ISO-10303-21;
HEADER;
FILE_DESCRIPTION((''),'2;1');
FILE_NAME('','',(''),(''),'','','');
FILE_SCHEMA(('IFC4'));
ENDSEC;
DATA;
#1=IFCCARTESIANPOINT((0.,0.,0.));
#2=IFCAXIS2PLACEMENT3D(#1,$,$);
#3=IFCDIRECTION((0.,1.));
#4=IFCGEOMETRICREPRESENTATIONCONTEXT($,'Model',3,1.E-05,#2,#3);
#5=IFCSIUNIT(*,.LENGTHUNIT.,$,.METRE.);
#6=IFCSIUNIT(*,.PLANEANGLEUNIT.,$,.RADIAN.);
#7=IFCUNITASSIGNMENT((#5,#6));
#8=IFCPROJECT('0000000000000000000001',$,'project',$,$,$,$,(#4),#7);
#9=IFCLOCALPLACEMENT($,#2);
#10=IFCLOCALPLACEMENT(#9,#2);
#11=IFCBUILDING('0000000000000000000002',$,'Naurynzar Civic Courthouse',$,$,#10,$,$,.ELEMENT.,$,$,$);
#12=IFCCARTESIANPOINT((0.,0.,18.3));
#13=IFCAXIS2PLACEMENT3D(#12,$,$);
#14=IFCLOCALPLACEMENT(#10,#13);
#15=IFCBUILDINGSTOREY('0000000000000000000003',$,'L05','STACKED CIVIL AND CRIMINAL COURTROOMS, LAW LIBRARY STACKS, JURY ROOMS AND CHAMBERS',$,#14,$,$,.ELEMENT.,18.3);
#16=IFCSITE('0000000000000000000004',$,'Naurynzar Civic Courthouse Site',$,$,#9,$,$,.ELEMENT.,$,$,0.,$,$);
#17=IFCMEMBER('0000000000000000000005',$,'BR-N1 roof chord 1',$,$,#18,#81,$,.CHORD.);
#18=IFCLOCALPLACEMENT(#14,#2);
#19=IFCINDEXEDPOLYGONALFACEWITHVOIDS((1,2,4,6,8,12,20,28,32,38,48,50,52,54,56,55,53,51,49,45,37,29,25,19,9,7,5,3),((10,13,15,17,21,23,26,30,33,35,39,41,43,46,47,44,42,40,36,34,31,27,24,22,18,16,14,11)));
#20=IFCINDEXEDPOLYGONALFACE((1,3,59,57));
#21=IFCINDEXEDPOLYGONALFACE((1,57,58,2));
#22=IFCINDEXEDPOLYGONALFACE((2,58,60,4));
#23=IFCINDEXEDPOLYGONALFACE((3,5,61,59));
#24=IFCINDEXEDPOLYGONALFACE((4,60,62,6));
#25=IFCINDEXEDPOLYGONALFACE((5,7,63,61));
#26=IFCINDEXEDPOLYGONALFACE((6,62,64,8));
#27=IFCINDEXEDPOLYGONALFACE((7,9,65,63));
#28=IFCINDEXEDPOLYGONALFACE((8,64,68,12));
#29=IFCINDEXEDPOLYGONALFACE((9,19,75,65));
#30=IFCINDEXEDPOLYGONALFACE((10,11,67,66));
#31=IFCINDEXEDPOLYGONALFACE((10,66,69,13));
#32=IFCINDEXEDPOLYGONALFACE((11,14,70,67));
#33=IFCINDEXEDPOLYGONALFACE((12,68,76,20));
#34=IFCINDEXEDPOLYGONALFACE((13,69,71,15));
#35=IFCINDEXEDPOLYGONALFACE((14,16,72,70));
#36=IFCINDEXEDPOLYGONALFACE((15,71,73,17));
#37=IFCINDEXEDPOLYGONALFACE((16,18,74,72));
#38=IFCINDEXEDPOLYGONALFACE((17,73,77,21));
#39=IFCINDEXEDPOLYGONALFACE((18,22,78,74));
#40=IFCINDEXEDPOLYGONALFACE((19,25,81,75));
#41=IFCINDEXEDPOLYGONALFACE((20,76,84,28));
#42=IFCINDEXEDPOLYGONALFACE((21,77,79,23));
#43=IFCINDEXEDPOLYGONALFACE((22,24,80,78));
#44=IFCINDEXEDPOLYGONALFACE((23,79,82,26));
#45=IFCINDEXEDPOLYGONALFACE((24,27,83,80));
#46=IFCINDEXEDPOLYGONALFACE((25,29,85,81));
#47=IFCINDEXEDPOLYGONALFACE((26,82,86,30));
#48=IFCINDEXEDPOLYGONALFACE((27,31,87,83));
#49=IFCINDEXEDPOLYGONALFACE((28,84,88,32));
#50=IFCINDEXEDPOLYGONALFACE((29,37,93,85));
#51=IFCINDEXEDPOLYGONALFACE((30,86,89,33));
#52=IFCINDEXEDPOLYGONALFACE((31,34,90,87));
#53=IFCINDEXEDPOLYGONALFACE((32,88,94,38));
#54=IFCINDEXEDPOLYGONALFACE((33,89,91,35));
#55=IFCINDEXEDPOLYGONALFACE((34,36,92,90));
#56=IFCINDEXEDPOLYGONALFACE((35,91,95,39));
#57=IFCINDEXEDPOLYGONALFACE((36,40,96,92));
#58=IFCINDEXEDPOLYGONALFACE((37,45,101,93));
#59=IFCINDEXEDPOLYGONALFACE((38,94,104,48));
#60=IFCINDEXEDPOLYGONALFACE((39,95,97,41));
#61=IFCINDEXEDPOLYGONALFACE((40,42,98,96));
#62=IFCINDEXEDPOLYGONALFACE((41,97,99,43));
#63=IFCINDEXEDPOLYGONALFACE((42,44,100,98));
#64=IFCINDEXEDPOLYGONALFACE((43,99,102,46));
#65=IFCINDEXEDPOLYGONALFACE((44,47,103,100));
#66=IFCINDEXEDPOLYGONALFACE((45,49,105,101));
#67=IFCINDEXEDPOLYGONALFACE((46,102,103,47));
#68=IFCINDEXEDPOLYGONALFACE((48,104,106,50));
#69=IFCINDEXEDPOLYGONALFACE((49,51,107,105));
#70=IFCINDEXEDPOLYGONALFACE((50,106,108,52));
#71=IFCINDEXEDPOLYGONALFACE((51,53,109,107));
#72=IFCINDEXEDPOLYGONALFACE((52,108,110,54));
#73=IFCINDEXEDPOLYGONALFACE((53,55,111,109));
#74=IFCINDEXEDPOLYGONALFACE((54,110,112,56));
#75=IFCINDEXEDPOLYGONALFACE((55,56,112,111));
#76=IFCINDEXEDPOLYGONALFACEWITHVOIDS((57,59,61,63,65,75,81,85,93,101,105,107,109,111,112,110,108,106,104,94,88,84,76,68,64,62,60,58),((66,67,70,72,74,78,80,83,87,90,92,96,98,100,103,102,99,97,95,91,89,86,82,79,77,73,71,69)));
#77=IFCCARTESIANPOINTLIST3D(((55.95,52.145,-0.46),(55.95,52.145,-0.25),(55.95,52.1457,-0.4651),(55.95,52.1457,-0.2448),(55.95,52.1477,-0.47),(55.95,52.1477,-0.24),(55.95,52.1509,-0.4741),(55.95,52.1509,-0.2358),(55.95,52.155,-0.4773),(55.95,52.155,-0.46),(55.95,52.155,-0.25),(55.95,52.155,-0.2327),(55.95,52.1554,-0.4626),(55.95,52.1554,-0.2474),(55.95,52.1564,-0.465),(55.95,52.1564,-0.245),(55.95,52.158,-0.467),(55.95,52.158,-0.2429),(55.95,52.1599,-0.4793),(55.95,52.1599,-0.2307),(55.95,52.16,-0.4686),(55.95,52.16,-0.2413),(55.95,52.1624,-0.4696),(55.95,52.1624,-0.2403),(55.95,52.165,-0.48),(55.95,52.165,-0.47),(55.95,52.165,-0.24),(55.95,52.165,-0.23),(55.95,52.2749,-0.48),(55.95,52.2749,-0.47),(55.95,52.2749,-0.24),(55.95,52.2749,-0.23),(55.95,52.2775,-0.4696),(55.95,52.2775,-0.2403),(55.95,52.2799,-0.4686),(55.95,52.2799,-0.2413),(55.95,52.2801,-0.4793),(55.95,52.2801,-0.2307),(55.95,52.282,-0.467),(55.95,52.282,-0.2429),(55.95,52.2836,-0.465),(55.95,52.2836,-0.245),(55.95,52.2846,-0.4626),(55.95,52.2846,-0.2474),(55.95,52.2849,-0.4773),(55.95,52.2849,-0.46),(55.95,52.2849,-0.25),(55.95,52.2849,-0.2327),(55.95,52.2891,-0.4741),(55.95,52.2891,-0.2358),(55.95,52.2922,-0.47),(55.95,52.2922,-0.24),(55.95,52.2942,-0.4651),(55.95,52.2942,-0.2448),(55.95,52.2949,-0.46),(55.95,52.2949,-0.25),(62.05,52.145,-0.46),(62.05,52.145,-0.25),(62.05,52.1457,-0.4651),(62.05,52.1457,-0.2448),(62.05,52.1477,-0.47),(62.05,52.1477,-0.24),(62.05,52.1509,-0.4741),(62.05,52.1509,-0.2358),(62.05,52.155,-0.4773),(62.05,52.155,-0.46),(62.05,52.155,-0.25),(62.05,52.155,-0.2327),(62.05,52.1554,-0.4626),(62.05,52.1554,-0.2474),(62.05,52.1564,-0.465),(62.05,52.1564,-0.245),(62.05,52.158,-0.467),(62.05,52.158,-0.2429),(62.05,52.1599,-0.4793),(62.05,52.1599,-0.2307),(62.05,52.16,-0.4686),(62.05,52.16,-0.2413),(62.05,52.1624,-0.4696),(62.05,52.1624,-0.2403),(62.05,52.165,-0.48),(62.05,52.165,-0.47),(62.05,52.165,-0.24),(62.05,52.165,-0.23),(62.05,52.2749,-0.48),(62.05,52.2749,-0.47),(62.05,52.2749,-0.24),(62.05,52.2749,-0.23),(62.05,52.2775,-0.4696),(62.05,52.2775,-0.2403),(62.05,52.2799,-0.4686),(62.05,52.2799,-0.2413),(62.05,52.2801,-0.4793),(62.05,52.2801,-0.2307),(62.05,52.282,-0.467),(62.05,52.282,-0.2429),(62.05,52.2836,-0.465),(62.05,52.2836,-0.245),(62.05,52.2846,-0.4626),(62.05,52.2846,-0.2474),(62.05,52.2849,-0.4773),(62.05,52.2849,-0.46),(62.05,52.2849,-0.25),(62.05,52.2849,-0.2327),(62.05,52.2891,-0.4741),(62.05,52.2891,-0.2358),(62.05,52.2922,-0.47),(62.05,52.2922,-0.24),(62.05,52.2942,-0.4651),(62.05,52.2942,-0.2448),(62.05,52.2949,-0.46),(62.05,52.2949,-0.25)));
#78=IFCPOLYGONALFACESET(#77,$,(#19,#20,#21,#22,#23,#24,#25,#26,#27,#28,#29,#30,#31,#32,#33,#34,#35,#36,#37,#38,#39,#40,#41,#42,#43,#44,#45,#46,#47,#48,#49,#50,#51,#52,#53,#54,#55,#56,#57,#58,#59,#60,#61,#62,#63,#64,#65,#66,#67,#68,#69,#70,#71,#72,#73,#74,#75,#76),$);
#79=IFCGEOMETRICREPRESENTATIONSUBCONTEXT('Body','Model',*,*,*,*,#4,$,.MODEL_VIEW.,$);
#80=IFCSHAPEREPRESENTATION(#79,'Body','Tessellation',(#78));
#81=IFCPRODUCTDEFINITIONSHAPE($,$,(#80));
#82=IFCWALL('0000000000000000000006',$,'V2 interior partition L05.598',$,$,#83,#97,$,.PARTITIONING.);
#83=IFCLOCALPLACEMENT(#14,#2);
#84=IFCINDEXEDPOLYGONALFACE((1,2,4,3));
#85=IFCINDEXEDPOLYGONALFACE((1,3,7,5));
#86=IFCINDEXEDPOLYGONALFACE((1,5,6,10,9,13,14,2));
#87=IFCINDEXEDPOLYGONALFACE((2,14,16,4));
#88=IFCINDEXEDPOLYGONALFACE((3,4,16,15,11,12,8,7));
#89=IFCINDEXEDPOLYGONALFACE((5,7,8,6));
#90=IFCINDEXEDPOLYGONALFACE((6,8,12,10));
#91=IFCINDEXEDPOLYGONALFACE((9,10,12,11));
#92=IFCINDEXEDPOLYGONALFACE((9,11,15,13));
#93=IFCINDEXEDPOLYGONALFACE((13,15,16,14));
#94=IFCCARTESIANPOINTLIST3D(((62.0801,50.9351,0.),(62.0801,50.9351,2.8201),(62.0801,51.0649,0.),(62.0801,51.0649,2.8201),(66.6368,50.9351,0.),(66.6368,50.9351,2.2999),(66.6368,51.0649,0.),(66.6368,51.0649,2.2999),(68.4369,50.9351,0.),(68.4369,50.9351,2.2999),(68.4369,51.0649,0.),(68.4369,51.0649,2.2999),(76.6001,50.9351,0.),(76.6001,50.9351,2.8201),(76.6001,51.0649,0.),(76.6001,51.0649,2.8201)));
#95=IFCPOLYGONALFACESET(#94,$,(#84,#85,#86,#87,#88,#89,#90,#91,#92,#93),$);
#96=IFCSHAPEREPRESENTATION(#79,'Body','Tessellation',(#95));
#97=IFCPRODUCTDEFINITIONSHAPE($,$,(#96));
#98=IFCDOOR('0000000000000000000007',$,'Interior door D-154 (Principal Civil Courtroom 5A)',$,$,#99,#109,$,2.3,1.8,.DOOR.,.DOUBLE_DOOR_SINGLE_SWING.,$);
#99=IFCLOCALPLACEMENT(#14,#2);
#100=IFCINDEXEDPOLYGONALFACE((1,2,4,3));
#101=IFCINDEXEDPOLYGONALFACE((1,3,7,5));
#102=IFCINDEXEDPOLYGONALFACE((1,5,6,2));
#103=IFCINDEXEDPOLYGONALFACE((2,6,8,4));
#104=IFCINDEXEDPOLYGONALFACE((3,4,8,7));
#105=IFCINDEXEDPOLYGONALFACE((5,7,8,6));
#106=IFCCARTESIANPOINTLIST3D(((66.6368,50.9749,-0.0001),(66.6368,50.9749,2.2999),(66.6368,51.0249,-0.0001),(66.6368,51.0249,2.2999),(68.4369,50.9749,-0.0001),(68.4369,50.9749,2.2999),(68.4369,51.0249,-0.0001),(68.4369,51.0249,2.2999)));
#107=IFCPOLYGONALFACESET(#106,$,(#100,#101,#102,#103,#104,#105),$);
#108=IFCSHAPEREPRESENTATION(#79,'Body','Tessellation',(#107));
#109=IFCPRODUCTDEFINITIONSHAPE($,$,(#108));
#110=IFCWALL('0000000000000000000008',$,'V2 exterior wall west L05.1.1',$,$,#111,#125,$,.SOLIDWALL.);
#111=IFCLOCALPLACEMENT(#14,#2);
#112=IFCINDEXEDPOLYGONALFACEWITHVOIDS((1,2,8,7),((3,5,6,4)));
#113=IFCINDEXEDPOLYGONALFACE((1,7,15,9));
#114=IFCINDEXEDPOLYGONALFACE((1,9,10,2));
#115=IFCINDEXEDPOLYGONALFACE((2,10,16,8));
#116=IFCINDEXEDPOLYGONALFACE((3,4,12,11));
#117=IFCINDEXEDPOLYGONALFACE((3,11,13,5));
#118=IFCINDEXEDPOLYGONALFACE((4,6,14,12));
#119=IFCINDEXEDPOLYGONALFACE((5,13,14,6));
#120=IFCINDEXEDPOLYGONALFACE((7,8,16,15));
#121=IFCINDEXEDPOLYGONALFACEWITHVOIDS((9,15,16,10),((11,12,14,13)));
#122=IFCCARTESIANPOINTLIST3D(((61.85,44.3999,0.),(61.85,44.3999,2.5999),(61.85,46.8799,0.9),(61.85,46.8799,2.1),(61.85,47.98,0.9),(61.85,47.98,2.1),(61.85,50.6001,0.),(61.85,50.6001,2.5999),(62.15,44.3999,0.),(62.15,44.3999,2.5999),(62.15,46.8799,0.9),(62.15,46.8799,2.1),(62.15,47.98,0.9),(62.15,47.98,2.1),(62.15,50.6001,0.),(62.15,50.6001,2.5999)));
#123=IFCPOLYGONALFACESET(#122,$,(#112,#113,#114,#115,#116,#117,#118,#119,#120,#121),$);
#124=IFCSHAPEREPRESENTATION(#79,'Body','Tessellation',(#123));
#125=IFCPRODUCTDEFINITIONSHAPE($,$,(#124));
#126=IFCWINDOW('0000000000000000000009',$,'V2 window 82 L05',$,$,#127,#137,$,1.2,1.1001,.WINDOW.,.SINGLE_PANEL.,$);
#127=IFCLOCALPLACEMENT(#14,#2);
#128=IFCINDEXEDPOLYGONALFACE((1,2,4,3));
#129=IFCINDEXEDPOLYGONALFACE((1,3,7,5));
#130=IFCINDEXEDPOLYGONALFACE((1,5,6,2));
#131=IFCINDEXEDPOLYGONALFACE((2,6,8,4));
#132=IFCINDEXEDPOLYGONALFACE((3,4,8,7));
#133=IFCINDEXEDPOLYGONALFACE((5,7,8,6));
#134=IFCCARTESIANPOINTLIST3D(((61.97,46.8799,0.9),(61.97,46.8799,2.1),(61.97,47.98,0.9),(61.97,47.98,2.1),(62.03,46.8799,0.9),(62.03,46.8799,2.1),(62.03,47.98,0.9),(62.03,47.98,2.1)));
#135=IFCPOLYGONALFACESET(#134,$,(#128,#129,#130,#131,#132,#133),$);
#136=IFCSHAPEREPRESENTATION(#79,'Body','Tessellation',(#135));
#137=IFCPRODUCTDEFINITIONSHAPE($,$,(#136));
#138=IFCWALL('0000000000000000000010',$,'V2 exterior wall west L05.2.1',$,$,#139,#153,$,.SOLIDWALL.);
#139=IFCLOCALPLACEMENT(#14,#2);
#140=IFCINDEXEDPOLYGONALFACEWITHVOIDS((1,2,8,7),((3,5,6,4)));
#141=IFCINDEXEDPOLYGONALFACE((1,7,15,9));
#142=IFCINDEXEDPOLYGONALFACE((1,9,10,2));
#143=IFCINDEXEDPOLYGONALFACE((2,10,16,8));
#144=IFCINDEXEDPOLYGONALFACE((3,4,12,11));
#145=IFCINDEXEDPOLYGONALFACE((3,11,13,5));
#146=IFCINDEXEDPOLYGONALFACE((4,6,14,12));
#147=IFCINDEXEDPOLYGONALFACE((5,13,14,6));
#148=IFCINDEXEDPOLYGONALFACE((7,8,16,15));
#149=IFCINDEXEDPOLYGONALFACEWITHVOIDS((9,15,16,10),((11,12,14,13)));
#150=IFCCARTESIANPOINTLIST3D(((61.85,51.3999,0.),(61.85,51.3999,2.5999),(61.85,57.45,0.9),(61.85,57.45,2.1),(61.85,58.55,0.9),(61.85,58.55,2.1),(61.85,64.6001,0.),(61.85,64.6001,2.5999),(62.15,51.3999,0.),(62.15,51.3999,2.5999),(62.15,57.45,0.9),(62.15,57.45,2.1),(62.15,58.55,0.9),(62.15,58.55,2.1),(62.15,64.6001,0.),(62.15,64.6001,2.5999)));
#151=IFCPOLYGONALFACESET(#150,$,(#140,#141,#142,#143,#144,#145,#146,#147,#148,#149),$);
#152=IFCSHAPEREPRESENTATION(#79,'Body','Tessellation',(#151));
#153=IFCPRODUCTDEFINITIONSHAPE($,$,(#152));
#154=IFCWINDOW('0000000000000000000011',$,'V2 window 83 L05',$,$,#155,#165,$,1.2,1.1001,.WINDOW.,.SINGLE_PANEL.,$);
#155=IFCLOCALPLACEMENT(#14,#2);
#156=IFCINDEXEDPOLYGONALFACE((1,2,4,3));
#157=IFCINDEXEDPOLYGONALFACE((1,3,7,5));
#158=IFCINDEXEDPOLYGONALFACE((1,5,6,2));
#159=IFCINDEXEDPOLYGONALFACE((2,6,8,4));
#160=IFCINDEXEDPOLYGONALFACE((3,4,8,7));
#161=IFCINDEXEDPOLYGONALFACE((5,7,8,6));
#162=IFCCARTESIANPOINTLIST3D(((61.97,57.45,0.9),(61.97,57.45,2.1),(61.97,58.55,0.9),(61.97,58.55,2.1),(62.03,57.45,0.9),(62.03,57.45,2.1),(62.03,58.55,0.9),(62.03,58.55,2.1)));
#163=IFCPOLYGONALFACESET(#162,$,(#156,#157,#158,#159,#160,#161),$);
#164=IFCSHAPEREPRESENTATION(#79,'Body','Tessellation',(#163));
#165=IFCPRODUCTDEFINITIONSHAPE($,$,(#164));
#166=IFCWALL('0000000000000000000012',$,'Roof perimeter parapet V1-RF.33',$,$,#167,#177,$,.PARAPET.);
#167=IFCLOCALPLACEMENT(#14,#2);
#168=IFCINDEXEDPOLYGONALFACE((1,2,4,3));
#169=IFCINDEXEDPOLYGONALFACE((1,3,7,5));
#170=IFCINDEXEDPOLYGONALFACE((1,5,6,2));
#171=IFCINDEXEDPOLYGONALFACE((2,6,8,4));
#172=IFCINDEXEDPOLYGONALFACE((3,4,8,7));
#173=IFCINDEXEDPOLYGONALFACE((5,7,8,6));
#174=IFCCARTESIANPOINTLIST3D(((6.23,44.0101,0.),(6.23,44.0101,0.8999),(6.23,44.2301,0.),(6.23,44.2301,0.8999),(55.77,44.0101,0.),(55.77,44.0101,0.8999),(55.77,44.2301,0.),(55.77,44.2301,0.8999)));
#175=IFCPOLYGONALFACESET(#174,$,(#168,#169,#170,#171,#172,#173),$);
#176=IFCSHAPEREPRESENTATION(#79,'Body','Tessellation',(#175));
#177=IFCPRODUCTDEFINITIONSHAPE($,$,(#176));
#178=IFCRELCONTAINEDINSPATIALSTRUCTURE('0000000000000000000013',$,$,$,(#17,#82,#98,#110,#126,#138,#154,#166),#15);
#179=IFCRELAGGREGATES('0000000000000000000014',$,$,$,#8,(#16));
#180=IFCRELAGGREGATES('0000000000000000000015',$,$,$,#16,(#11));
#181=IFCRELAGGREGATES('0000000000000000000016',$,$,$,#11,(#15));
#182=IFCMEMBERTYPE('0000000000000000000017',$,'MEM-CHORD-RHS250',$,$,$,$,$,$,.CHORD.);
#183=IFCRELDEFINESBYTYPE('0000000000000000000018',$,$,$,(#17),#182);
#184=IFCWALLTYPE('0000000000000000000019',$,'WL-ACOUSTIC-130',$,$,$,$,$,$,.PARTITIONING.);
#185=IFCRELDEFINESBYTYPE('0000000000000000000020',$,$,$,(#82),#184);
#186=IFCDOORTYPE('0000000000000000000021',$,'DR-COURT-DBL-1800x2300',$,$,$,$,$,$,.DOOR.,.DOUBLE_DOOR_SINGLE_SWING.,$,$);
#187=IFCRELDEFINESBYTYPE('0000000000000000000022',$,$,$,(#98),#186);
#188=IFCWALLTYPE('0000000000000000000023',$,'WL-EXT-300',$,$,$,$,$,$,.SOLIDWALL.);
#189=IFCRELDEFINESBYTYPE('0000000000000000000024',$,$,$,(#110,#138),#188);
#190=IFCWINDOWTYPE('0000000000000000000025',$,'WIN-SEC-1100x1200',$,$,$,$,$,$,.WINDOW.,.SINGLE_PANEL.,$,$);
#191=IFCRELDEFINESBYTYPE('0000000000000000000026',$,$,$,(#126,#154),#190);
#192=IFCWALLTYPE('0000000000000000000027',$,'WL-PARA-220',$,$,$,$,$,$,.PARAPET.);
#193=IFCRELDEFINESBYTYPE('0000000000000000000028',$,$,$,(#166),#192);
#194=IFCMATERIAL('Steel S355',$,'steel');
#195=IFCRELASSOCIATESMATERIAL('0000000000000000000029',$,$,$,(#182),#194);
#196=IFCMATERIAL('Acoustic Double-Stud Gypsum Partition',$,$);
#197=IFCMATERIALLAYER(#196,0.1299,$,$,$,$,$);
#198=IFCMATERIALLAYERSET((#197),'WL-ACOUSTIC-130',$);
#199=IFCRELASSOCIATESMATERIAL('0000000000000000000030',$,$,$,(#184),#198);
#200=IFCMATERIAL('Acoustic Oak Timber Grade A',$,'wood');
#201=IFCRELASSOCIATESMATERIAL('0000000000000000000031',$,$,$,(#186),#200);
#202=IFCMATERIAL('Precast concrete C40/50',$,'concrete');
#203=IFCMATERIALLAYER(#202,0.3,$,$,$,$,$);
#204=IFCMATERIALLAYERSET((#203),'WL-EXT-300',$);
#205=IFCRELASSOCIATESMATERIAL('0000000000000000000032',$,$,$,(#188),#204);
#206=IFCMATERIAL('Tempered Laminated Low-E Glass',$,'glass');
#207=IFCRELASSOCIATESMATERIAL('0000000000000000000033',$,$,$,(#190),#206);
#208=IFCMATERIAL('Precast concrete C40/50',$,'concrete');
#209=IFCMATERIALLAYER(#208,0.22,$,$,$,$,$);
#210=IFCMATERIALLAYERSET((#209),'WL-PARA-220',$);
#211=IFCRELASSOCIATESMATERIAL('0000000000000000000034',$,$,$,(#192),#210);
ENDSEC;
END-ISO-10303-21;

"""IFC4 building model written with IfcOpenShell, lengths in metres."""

from ifc_helpers import new_model, si_unit, direction, frame, frame_2d, origin, origin_2d, place, context, subcontext, project, spatial, rectangle, hollow_rectangle, extrude, material, layer, layer_set, material_profile, profile_set, type_object, element, fill, save


model = new_model("IFC4")

# Units and contexts
model_context = context("Model", 3, precision=1e-05, world=origin(), true_north=direction((0.0, 1.0)))
body_context = subcontext(model_context, "Body", "Model", "MODEL_VIEW")
ifc_project = project(units=[si_unit("LENGTHUNIT", "METRE"), si_unit("PLANEANGLEUNIT", "RADIAN")], contexts=[model_context])

# Site, building, storey
site_placement = place(None, origin())
site = spatial("IfcSite", under=ifc_project, at=site_placement, Name="Naurynzar Civic Courthouse Site", CompositionType="ELEMENT", RefElevation=0.0)
building_placement = place(site_placement, origin())
building = spatial("IfcBuilding", under=site, at=building_placement, Name="Naurynzar Civic Courthouse", CompositionType="ELEMENT")
storey_placement = place(building_placement, frame((0.0, 0.0, 18.3)))
storey = spatial("IfcBuildingStorey", under=building, at=storey_placement, Name="L05", Description="STACKED CIVIL AND CRIMINAL COURTROOMS, LAW LIBRARY STACKS, JURY ROOMS AND CHAMBERS", CompositionType="ELEMENT", Elevation=18.3)

# Member
ifc_material_1 = material(Name="Steel S355", Category="steel")
ifc_material_profile_1 = material_profile(ifc_material_1, hollow_rectangle(XDim=0.1499, YDim=0.25, WallThickness=0.01, InnerFilletRadius=0.01, OuterFilletRadius=0.02, at=origin_2d()), Name="RHS 250x150x10")
ifc_profile_set_1 = profile_set([ifc_material_profile_1], Name="Steel S355")
member_type_1 = type_object("IfcMemberType", Name="MEM-CHORD-RHS250", PredefinedType="CHORD", material=ifc_profile_set_1)
member_1_placement = place(storey_placement, frame((55.95, 52.22, -0.355), z_axis=(1.0, 0.0, 0.0), x_axis=(0.0, 1.0, 0.0)))
element("IfcMember", 1, at=member_1_placement, inside=storey, type_object=member_type_1, Name="BR-N1 roof chord 1", PredefinedType="CHORD", context=body_context, shape_type="SweptSolid", body=[
    extrude(hollow_rectangle(XDim=0.1499, YDim=0.25, WallThickness=0.01, InnerFilletRadius=0.01, OuterFilletRadius=0.02, at=origin_2d()), origin(), (0.0, 0.0, 1.0), 6.1001),
])

# Wall, opening, door
ifc_material_2 = material(Name="Acoustic Double-Stud Gypsum Partition")
ifc_layer_1 = layer(ifc_material_2, 0.1299)
ifc_layer_set_1 = layer_set([ifc_layer_1], Name="WL-ACOUSTIC-130")
wall_type_1 = type_object("IfcWallType", Name="WL-ACOUSTIC-130", PredefinedType="PARTITIONING", material=ifc_layer_set_1)
wall_1_placement = place(storey_placement, frame((62.0801, 51.0, 0.0), z_axis=(0.0, 0.0, 1.0), x_axis=(1.0, 0.0, 0.0)))
wall_1 = element("IfcWall", 2, at=wall_1_placement, inside=storey, type_object=wall_type_1, Name="V2 interior partition L05.598", PredefinedType="PARTITIONING", context=body_context, shape_type="SweptSolid", body=[
    extrude(rectangle(XDim=14.52, YDim=0.1299, at=frame_2d((7.26, 0.0))), origin(), (0.0, 0.0, 1.0), 2.8201),
])
opening_1_placement = place(wall_1_placement, frame((4.5569, 0.0, 0.0)))
opening_1 = element("IfcOpeningElement", 3, at=opening_1_placement, cuts=wall_1, PredefinedType="OPENING", context=body_context, shape_type="SweptSolid", body=[
    extrude(rectangle(XDim=1.8, YDim=2.3, at=frame_2d((0.8999, 1.1499))), frame((0.0, 0.075, 0.0), z_axis=(0.0, -1.0, 0.0), x_axis=(1.0, 0.0, 0.0)), (0.0, 0.0, 1.0), 0.1499),
])
ifc_material_3 = material(Name="Acoustic Oak Timber Grade A", Category="wood")
door_type_1 = type_object("IfcDoorType", Name="DR-COURT-DBL-1800x2300", OperationType="DOUBLE_DOOR_SINGLE_SWING", PredefinedType="DOOR", material=ifc_material_3)
door_1_placement = place(opening_1_placement, origin())
door_1 = element("IfcDoor", 4, at=door_1_placement, inside=storey, type_object=door_type_1, Name="Interior door D-154 (Principal Civil Courtroom 5A)", OperationType="DOUBLE_DOOR_SINGLE_SWING", OverallHeight=2.3, OverallWidth=1.8, PredefinedType="DOOR", context=body_context, shape_type="SweptSolid", body=[
    extrude(rectangle(XDim=1.8, YDim=2.3, at=frame_2d((0.8999, 1.1499))), frame((0.0, 0.0249, 0.0), z_axis=(0.0, -1.0, 0.0), x_axis=(1.0, 0.0, 0.0)), (0.0, 0.0, 1.0), 0.05),
])
fill(opening_1, door_1)

# Walls, openings, windows
ifc_material_4 = material(Name="Precast concrete C40/50", Category="concrete")
ifc_layer_2 = layer(ifc_material_4, 0.3)
ifc_layer_set_2 = layer_set([ifc_layer_2], Name="WL-EXT-300")
wall_type_2 = type_object("IfcWallType", Name="WL-EXT-300", PredefinedType="SOLIDWALL", material=ifc_layer_set_2)
wall_2_placement = place(storey_placement, frame((62.0, 44.3999, 0.0), z_axis=(0.0, 0.0, 1.0), x_axis=(0.0, 1.0, 0.0)))
wall_2 = element("IfcWall", 5, at=wall_2_placement, inside=storey, type_object=wall_type_2, Name="V2 exterior wall west L05.1.1", PredefinedType="SOLIDWALL", context=body_context, shape_type="SweptSolid", body=[
    extrude(rectangle(XDim=6.2002, YDim=0.3, at=frame_2d((3.1001, 0.0))), origin(), (0.0, 0.0, 1.0), 2.5999),
])
opening_2_placement = place(wall_2_placement, frame((2.48, 0.0, 0.8999)))
opening_2 = element("IfcOpeningElement", 6, at=opening_2_placement, cuts=wall_2, PredefinedType="OPENING", context=body_context, shape_type="SweptSolid", body=[
    extrude(rectangle(XDim=1.1001, YDim=1.2, at=frame_2d((0.55, 0.6001))), frame((0.0, 0.1599, 0.0), z_axis=(0.0, -1.0, 0.0), x_axis=(1.0, 0.0, 0.0)), (0.0, 0.0, 1.0), 0.3201),
])
ifc_material_5 = material(Name="Tempered Laminated Low-E Glass", Category="glass")
window_type = type_object("IfcWindowType", Name="WIN-SEC-1100x1200", PartitioningType="SINGLE_PANEL", PredefinedType="WINDOW", material=ifc_material_5)
window_1_placement = place(opening_2_placement, origin())
window_1 = element("IfcWindow", 7, at=window_1_placement, inside=storey, type_object=window_type, Name="V2 window 82 L05", OverallHeight=1.2, OverallWidth=1.1001, PartitioningType="SINGLE_PANEL", PredefinedType="WINDOW", context=body_context, shape_type="SweptSolid", body=[
    extrude(rectangle(XDim=1.1001, YDim=1.2, at=frame_2d((0.55, 0.6001))), frame((0.0, 0.03, 0.0), z_axis=(0.0, -1.0, 0.0), x_axis=(1.0, 0.0, 0.0)), (0.0, 0.0, 1.0), 0.0601),
])
fill(opening_2, window_1)
wall_3_placement = place(storey_placement, frame((62.0, 51.3999, 0.0), z_axis=(0.0, 0.0, 1.0), x_axis=(0.0, 1.0, 0.0)))
wall_3 = element("IfcWall", 8, at=wall_3_placement, inside=storey, type_object=wall_type_2, Name="V2 exterior wall west L05.2.1", PredefinedType="SOLIDWALL", context=body_context, shape_type="SweptSolid", body=[
    extrude(rectangle(XDim=13.2002, YDim=0.3, at=frame_2d((6.6001, 0.0))), origin(), (0.0, 0.0, 1.0), 2.5999),
])
opening_3_placement = place(wall_3_placement, frame((6.05, 0.0, 0.8999)))
opening_3 = element("IfcOpeningElement", 9, at=opening_3_placement, cuts=wall_3, PredefinedType="OPENING", context=body_context, shape_type="SweptSolid", body=[
    extrude(rectangle(XDim=1.1001, YDim=1.2, at=frame_2d((0.55, 0.6001))), frame((0.0, 0.1599, 0.0), z_axis=(0.0, -1.0, 0.0), x_axis=(1.0, 0.0, 0.0)), (0.0, 0.0, 1.0), 0.3201),
])
window_2_placement = place(opening_3_placement, origin())
window_2 = element("IfcWindow", 10, at=window_2_placement, inside=storey, type_object=window_type, Name="V2 window 83 L05", OverallHeight=1.2, OverallWidth=1.1001, PartitioningType="SINGLE_PANEL", PredefinedType="WINDOW", context=body_context, shape_type="SweptSolid", body=[
    extrude(rectangle(XDim=1.1001, YDim=1.2, at=frame_2d((0.55, 0.6001))), frame((0.0, 0.03, 0.0), z_axis=(0.0, -1.0, 0.0), x_axis=(1.0, 0.0, 0.0)), (0.0, 0.0, 1.0), 0.0601),
])
fill(opening_3, window_2)

# Wall
ifc_material_6 = material(Name="Precast concrete C40/50", Category="concrete")
ifc_layer_3 = layer(ifc_material_6, 0.22)
ifc_layer_set_3 = layer_set([ifc_layer_3], Name="WL-PARA-220")
wall_type_3 = type_object("IfcWallType", Name="WL-PARA-220", PredefinedType="PARAPET", material=ifc_layer_set_3)
wall_4_placement = place(storey_placement, frame((55.77, 44.1201, 0.0), z_axis=(0.0, 0.0, 1.0), x_axis=(-1.0, 0.0, 0.0)))
element("IfcWall", 11, at=wall_4_placement, inside=storey, type_object=wall_type_3, Name="Roof perimeter parapet V1-RF.33", PredefinedType="PARAPET", context=body_context, shape_type="SweptSolid", body=[
    extrude(rectangle(XDim=49.54, YDim=0.22, at=frame_2d((24.77, 0.0))), origin(), (0.0, 0.0, 1.0), 0.8999),
])

save(model, "model.ifc")
